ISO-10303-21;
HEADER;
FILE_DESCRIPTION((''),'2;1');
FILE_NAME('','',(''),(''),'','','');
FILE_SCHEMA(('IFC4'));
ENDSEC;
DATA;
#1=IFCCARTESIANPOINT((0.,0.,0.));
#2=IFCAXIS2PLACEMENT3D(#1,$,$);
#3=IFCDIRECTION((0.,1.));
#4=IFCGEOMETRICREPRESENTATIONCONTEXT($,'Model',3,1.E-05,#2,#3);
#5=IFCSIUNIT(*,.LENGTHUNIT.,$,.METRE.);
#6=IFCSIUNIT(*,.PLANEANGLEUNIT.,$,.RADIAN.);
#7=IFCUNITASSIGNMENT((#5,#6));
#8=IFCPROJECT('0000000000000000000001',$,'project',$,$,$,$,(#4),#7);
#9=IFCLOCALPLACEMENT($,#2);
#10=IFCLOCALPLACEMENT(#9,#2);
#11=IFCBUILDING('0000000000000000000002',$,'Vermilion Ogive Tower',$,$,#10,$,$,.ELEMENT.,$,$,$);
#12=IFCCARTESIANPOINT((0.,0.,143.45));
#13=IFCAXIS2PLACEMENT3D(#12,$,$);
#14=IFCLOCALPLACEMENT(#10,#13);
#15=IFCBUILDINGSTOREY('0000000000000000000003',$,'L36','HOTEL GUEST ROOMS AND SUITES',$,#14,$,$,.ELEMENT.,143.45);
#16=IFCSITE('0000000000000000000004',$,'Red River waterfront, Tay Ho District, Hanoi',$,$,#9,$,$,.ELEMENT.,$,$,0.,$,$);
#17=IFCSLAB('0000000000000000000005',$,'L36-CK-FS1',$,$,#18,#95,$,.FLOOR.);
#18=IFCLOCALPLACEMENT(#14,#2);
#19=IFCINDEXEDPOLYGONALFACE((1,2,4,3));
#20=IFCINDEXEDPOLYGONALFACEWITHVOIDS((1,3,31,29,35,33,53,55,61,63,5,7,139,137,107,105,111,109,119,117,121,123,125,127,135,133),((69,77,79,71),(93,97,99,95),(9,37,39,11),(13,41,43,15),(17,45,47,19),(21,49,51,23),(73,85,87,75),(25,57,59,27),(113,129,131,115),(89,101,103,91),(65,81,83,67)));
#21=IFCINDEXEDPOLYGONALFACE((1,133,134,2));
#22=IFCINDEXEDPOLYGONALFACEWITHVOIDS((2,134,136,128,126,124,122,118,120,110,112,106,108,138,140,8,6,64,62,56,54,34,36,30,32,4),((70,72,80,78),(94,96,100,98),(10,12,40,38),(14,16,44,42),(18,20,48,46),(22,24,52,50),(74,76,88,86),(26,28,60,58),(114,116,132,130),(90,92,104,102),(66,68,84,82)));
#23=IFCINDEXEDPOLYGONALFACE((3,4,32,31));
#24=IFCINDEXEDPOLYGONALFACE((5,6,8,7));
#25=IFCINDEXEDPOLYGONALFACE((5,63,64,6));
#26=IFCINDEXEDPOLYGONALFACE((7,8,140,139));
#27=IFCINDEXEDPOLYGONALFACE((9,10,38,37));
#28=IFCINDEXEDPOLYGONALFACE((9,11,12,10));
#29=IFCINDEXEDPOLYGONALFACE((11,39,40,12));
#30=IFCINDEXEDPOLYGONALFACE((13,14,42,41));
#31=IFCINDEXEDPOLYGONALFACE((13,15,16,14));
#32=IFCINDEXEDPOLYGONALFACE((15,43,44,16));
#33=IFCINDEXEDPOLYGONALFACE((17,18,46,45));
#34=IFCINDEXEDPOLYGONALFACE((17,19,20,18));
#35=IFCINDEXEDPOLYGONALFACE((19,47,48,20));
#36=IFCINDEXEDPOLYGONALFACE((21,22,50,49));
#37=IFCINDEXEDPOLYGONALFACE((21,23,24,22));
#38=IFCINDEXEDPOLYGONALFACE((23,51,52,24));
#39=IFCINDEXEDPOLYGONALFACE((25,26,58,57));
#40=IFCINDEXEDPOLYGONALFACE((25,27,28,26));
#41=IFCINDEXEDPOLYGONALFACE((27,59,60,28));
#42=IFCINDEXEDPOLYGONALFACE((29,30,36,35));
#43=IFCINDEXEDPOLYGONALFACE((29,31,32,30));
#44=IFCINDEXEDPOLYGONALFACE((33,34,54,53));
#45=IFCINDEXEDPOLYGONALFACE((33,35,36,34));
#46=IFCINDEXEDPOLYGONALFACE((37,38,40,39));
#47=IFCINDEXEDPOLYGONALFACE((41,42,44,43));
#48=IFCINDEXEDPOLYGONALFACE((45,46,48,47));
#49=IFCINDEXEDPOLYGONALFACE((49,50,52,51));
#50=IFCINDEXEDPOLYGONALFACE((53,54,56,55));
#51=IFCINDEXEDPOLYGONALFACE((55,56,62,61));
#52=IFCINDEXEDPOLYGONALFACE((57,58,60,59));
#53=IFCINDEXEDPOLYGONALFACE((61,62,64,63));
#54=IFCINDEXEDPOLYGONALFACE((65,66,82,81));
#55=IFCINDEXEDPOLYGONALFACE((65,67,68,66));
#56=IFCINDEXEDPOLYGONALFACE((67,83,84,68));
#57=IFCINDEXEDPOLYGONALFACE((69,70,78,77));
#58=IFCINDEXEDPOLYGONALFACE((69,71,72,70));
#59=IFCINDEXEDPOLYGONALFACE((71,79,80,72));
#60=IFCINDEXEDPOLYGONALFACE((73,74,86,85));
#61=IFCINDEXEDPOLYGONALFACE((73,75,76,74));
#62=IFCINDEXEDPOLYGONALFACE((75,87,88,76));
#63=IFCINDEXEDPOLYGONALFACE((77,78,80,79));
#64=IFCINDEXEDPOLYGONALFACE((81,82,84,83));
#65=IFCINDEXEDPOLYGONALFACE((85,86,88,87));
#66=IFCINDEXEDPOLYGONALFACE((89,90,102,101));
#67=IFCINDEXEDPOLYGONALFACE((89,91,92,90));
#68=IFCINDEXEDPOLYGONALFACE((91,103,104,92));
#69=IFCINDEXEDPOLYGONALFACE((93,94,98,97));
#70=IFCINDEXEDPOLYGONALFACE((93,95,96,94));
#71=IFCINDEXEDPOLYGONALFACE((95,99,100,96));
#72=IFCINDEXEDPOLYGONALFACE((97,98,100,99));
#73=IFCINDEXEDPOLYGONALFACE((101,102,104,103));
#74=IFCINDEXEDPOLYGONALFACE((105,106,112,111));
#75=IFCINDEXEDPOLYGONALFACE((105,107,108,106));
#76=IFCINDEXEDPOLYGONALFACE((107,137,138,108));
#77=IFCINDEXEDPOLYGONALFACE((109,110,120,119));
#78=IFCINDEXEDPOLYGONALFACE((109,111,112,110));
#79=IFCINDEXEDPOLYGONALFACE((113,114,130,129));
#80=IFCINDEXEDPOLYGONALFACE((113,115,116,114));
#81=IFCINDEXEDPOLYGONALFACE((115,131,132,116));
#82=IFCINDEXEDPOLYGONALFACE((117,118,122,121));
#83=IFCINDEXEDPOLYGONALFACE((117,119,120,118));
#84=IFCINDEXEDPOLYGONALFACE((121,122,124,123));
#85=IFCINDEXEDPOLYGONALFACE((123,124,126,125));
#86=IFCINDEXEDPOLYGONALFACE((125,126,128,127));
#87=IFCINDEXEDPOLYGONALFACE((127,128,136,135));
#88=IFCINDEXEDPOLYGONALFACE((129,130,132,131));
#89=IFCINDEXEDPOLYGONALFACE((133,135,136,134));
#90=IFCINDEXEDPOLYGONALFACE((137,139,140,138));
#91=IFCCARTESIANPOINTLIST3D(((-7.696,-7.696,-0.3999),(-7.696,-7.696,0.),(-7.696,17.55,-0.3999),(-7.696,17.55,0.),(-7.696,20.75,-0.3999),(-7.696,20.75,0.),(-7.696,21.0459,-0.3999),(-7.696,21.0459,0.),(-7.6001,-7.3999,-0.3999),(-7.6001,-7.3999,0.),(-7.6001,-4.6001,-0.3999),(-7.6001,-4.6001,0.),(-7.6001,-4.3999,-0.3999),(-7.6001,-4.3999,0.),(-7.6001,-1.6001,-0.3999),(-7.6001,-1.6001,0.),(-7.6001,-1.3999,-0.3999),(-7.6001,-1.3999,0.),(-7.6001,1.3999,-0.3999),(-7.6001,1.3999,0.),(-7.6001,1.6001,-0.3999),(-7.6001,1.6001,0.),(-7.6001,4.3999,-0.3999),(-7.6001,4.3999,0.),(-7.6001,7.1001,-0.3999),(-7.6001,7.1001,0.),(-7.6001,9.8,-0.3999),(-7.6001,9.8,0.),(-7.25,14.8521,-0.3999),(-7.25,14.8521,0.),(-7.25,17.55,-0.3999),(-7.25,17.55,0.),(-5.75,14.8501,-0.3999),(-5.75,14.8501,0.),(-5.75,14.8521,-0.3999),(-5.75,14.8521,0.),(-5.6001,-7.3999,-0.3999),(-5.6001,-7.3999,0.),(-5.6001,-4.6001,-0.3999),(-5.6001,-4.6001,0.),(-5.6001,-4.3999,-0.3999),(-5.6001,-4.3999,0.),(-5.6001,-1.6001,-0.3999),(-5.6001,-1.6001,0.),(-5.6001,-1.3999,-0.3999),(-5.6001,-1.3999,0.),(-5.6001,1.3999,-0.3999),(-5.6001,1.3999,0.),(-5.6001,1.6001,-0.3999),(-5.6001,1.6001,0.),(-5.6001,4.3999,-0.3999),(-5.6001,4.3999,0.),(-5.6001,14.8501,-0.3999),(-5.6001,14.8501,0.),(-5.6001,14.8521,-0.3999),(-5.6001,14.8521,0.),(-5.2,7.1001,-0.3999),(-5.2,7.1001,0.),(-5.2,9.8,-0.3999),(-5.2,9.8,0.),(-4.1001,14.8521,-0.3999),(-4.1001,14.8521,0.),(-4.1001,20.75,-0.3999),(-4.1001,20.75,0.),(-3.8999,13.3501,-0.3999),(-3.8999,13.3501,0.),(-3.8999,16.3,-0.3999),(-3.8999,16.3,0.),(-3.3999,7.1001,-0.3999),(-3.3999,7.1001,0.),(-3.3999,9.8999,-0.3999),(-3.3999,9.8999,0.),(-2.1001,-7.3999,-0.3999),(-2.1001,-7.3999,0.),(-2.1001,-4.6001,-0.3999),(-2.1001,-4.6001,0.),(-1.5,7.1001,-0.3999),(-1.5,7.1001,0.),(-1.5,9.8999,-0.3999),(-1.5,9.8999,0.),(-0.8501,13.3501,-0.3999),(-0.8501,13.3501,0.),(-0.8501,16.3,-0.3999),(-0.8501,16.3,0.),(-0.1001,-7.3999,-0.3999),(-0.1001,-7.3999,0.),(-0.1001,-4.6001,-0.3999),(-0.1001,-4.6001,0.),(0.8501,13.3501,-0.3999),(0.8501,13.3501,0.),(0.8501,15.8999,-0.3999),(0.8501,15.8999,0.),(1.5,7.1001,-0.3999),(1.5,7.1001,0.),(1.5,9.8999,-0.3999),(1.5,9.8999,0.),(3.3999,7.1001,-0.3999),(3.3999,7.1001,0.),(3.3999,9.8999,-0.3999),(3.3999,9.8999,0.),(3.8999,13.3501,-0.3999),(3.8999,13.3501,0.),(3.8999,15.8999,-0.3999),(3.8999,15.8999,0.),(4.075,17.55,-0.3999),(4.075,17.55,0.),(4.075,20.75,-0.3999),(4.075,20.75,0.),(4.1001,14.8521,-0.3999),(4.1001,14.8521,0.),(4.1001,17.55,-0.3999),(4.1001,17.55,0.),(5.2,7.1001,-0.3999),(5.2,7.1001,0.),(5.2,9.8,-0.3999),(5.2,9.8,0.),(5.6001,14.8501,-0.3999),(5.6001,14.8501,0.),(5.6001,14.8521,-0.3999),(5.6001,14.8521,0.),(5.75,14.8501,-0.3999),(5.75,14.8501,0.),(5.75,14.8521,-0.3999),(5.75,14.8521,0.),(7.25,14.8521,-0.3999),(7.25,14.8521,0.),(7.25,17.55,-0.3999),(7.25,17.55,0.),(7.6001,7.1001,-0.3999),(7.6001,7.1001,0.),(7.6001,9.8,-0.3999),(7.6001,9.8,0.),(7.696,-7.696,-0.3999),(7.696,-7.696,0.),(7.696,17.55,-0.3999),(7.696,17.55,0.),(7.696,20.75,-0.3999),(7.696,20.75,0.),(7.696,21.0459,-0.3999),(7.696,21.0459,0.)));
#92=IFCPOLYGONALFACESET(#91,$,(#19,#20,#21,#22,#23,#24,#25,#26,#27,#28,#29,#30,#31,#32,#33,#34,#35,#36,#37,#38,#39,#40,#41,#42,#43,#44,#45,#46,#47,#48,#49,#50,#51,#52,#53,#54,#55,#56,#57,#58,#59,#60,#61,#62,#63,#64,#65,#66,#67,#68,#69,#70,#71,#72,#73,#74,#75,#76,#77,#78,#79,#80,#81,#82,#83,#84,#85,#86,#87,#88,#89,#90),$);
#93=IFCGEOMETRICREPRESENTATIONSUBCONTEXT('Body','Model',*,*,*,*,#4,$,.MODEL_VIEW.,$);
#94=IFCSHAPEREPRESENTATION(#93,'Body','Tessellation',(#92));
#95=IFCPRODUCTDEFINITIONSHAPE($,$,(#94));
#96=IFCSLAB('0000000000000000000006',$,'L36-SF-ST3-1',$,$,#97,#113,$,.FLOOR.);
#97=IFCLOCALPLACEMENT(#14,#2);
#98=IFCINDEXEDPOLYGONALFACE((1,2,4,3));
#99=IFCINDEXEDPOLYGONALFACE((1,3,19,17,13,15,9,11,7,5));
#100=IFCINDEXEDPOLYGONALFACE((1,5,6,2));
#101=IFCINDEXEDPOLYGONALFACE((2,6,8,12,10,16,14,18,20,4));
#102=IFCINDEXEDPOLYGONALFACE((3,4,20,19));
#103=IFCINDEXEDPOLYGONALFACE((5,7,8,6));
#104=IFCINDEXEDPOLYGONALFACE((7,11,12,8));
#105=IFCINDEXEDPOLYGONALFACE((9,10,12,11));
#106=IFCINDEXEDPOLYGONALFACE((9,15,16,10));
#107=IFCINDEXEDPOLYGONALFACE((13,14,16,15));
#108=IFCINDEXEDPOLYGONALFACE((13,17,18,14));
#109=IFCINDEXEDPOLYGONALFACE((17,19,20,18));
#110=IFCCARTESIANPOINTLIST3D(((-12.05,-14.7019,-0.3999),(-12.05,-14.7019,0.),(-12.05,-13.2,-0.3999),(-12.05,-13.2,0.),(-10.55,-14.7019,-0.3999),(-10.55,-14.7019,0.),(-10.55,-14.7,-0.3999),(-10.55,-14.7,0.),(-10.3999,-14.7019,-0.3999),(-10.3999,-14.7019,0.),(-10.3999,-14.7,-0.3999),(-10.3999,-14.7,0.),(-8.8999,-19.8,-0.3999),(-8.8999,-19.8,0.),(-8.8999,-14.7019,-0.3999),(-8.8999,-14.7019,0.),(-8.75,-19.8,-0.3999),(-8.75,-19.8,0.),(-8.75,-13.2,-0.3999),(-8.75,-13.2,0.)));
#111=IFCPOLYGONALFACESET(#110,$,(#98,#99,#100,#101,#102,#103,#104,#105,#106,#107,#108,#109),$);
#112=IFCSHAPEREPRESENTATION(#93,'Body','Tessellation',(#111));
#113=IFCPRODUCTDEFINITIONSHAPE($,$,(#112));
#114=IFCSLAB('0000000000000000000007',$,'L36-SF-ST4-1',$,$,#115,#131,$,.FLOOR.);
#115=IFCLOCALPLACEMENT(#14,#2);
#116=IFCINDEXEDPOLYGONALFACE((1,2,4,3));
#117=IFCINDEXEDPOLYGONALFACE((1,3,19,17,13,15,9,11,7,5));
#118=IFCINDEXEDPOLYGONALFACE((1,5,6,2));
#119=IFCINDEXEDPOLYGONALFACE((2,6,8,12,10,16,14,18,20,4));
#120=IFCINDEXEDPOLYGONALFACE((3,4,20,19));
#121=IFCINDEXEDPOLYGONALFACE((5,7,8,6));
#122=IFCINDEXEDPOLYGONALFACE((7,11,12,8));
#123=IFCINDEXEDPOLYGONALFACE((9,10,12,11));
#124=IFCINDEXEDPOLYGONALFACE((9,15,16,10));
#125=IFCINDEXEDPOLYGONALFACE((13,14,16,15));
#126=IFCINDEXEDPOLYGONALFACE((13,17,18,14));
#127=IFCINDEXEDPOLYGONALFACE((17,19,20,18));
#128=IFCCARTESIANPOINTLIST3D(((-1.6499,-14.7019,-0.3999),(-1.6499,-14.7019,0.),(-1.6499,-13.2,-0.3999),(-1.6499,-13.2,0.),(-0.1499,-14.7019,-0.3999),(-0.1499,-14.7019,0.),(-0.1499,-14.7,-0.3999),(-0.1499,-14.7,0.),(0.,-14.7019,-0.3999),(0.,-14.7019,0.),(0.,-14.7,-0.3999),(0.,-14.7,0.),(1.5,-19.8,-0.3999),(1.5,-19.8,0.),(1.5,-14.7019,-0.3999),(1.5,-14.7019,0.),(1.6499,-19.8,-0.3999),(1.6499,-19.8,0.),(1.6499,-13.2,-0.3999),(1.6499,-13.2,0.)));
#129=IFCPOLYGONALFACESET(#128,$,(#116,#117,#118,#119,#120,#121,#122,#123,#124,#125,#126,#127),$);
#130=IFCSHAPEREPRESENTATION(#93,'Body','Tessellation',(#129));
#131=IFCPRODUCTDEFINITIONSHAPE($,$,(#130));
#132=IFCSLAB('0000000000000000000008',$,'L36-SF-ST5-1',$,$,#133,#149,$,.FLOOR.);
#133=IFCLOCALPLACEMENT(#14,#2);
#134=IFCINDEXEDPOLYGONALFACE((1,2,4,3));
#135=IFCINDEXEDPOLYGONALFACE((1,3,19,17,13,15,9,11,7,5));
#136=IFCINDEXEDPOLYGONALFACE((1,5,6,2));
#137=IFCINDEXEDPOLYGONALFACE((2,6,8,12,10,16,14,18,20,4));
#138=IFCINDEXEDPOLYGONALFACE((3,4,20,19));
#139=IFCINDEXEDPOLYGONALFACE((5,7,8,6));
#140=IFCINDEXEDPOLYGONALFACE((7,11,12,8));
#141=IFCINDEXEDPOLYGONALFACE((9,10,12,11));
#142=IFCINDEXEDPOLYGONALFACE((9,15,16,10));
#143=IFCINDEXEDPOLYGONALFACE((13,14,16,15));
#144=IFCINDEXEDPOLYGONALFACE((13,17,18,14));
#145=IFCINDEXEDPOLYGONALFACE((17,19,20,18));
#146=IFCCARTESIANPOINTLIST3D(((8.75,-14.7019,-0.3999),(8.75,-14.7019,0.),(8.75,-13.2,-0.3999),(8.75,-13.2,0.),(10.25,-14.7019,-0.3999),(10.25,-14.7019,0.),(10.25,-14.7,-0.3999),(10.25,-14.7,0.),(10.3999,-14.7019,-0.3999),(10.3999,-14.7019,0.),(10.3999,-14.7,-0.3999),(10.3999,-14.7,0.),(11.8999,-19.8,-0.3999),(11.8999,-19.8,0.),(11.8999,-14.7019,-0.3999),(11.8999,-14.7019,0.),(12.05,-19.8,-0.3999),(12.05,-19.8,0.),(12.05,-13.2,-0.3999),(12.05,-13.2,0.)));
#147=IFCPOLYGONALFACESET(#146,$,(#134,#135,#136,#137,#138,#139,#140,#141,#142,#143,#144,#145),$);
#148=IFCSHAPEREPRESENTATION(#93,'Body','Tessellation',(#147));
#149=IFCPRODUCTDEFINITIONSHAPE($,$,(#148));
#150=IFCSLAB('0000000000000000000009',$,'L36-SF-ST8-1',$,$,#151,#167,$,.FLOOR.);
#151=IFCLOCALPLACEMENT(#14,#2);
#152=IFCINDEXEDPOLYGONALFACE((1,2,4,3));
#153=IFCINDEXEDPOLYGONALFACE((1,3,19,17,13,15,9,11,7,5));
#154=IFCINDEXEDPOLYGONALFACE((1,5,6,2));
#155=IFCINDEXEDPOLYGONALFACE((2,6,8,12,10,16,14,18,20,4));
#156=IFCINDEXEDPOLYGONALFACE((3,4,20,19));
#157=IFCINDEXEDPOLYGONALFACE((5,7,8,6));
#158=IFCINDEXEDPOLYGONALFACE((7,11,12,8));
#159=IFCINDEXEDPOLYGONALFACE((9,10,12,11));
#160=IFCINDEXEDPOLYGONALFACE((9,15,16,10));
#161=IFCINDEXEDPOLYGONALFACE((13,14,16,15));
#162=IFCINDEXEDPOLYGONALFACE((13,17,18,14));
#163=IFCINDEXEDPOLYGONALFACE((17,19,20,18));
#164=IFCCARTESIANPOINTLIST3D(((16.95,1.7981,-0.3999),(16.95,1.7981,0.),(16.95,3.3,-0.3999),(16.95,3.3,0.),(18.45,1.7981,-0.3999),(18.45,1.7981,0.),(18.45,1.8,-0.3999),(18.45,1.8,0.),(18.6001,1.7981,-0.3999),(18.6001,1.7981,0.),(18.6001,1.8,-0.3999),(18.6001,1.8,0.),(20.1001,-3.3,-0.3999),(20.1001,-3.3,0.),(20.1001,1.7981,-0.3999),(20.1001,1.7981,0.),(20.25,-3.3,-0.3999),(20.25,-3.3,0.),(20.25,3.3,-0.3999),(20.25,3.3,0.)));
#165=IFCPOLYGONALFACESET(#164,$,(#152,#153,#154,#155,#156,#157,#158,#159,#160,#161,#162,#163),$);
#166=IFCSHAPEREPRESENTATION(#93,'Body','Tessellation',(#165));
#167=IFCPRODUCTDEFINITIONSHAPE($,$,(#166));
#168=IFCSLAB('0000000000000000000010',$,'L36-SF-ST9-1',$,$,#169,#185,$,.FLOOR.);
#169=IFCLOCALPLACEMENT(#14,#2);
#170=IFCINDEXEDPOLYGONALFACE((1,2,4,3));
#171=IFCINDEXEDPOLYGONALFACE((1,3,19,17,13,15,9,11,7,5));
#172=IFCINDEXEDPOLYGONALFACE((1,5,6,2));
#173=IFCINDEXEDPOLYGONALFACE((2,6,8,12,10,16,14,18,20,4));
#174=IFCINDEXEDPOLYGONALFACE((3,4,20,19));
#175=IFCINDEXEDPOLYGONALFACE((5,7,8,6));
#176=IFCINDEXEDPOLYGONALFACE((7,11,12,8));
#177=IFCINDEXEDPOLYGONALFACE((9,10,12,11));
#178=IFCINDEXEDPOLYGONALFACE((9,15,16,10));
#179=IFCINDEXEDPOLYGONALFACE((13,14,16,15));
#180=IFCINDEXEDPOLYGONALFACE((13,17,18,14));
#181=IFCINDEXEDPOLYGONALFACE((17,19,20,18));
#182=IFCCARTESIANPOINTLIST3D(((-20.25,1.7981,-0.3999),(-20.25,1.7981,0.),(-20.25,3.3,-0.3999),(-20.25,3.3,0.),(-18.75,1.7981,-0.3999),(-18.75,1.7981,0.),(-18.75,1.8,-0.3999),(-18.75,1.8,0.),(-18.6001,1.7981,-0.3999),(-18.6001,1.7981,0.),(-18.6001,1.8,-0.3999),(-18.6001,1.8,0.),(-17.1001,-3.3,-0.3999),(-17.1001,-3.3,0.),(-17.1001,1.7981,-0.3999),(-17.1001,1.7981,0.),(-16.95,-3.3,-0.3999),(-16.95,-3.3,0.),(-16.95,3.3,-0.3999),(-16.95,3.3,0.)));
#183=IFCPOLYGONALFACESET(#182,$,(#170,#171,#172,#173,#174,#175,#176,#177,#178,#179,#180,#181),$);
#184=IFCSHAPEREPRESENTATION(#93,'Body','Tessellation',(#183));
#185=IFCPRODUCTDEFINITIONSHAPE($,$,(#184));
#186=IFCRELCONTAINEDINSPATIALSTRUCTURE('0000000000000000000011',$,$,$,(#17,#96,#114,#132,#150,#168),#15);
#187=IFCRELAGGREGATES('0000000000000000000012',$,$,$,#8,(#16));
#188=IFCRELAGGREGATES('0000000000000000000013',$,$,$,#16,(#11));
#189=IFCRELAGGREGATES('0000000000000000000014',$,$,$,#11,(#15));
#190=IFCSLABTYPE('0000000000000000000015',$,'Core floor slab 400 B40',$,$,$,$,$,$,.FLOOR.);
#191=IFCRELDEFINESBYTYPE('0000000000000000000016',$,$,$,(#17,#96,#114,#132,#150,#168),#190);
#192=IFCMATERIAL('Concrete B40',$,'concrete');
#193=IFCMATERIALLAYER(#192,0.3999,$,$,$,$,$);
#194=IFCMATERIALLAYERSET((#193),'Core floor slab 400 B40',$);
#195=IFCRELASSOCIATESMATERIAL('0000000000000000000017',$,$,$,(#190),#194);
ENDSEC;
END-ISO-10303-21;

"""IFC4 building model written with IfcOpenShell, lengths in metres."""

from ifc_helpers import new_model, si_unit, direction, frame, origin, place, context, subcontext, project, spatial, polyline, outline, extrude, material, layer, layer_set, type_object, element, save


model = new_model("IFC4")

# Units and contexts
model_context = context("Model", 3, precision=1e-05, world=origin(), true_north=direction((0.0, 1.0)))
body_context = subcontext(model_context, "Body", "Model", "MODEL_VIEW")
ifc_project = project(units=[si_unit("LENGTHUNIT", "METRE"), si_unit("PLANEANGLEUNIT", "RADIAN")], contexts=[model_context])

# Site, building, storey
site_placement = place(None, origin())
site = spatial("IfcSite", under=ifc_project, at=site_placement, Name="Red River waterfront, Tay Ho District, Hanoi", CompositionType="ELEMENT", RefElevation=0.0)
building_placement = place(site_placement, origin())
building = spatial("IfcBuilding", under=site, at=building_placement, Name="Vermilion Ogive Tower", CompositionType="ELEMENT")
storey_placement = place(building_placement, frame((0.0, 0.0, 143.45)))
storey = spatial("IfcBuildingStorey", under=building, at=storey_placement, Name="L36", Description="HOTEL GUEST ROOMS AND SUITES", CompositionType="ELEMENT", Elevation=143.45)

# Slabs
ifc_material_1 = material(Name="Concrete B40", Category="concrete")
ifc_layer_1 = layer(ifc_material_1, 0.3999)
ifc_layer_set_1 = layer_set([ifc_layer_1], Name="Core floor slab 400 B40")
slab_type_1 = type_object("IfcSlabType", Name="Core floor slab 400 B40", PredefinedType="FLOOR", material=ifc_layer_set_1)
slab_1_placement = place(storey_placement, frame((0.0, 0.0, -0.3999)))
element("IfcSlab", 1, at=slab_1_placement, inside=storey, type_object=slab_type_1, Name="L36-CK-FS1", PredefinedType="FLOOR", context=body_context, shape_type="SweptSolid", body=[
    extrude(outline(polyline([(5.75, 14.8501), (5.6001, 14.8501), (5.6001, 14.8521), (4.1001, 14.8521), (4.1001, 17.55), (4.075, 17.55), (4.075, 20.75), (7.696, 20.75), (7.696, 21.0459), (-7.696, 21.0459), (-7.696, 20.75), (-4.1001, 20.75), (-4.1001, 14.8521), (-5.6001, 14.8521), (-5.6001, 14.8501), (-5.75, 14.8501), (-5.75, 14.8521), (-7.25, 14.8521), (-7.25, 17.55), (-7.696, 17.55), (-7.696, -7.696), (7.696, -7.696), (7.696, 17.55), (7.25, 17.55), (7.25, 14.8521), (5.75, 14.8521), (5.75, 14.8501)]), holes=[polyline([(-7.6001, -7.3999), (-7.6001, -4.6001), (-5.6001, -4.6001), (-5.6001, -7.3999), (-7.6001, -7.3999)]), polyline([(-7.6001, -4.3999), (-7.6001, -1.6001), (-5.6001, -1.6001), (-5.6001, -4.3999), (-7.6001, -4.3999)]), polyline([(-7.6001, -1.3999), (-7.6001, 1.3999), (-5.6001, 1.3999), (-5.6001, -1.3999), (-7.6001, -1.3999)]), polyline([(-7.6001, 1.6001), (-7.6001, 4.3999), (-5.6001, 4.3999), (-5.6001, 1.6001), (-7.6001, 1.6001)]), polyline([(-7.6001, 7.1001), (-7.6001, 9.8), (-5.2, 9.8), (-5.2, 7.1001), (-7.6001, 7.1001)]), polyline([(-3.3999, 9.8999), (-1.5, 9.8999), (-1.5, 7.1001), (-3.3999, 7.1001), (-3.3999, 9.8999)]), polyline([(-2.1001, -7.3999), (-2.1001, -4.6001), (-0.1001, -4.6001), (-0.1001, -7.3999), (-2.1001, -7.3999)]), polyline([(5.2, 7.1001), (5.2, 9.8), (7.6001, 9.8), (7.6001, 7.1001), (5.2, 7.1001)]), polyline([(1.5, 7.1001), (1.5, 9.8999), (3.3999, 9.8999), (3.3999, 7.1001), (1.5, 7.1001)]), polyline([(0.8501, 13.3501), (0.8501, 15.8999), (3.8999, 15.8999), (3.8999, 13.3501), (0.8501, 13.3501)]), polyline([(-3.8999, 16.3), (-0.8501, 16.3), (-0.8501, 13.3501), (-3.8999, 13.3501), (-3.8999, 16.3)])]), origin(), (0.0, 0.0, 1.0), 0.3999),
])
slab_2_placement = place(storey_placement, frame((0.0, 0.0, -0.3999)))
element("IfcSlab", 2, at=slab_2_placement, inside=storey, type_object=slab_type_1, Name="L36-SF-ST3-1", PredefinedType="FLOOR", context=body_context, shape_type="SweptSolid", body=[
    extrude(outline(polyline([(-12.05, -13.2), (-12.05, -14.7019), (-10.55, -14.7019), (-10.55, -14.7), (-10.3999, -14.7), (-10.3999, -14.7019), (-8.8999, -14.7019), (-8.8999, -19.8), (-8.75, -19.8), (-8.75, -13.2), (-12.05, -13.2)])), origin(), (0.0, 0.0, 1.0), 0.3999),
])
slab_3_placement = place(storey_placement, frame((0.0, 0.0, -0.3999)))
element("IfcSlab", 3, at=slab_3_placement, inside=storey, type_object=slab_type_1, Name="L36-SF-ST4-1", PredefinedType="FLOOR", context=body_context, shape_type="SweptSolid", body=[
    extrude(outline(polyline([(-1.6499, -13.2), (-1.6499, -14.7019), (-0.1499, -14.7019), (-0.1499, -14.7), (0.0, -14.7), (0.0, -14.7019), (1.5, -14.7019), (1.5, -19.8), (1.6499, -19.8), (1.6499, -13.2), (-1.6499, -13.2)])), origin(), (0.0, 0.0, 1.0), 0.3999),
])
slab_4_placement = place(storey_placement, frame((0.0, 0.0, -0.3999)))
element("IfcSlab", 4, at=slab_4_placement, inside=storey, type_object=slab_type_1, Name="L36-SF-ST5-1", PredefinedType="FLOOR", context=body_context, shape_type="SweptSolid", body=[
    extrude(outline(polyline([(8.75, -13.2), (8.75, -14.7019), (10.25, -14.7019), (10.25, -14.7), (10.3999, -14.7), (10.3999, -14.7019), (11.8999, -14.7019), (11.8999, -19.8), (12.05, -19.8), (12.05, -13.2), (8.75, -13.2)])), origin(), (0.0, 0.0, 1.0), 0.3999),
])
slab_5_placement = place(storey_placement, frame((0.0, 0.0, -0.3999)))
element("IfcSlab", 5, at=slab_5_placement, inside=storey, type_object=slab_type_1, Name="L36-SF-ST8-1", PredefinedType="FLOOR", context=body_context, shape_type="SweptSolid", body=[
    extrude(outline(polyline([(16.95, 3.3), (16.95, 1.7981), (18.45, 1.7981), (18.45, 1.8), (18.6001, 1.8), (18.6001, 1.7981), (20.1001, 1.7981), (20.1001, -3.3), (20.25, -3.3), (20.25, 3.3), (16.95, 3.3)])), origin(), (0.0, 0.0, 1.0), 0.3999),
])
slab_6_placement = place(storey_placement, frame((0.0, 0.0, -0.3999)))
element("IfcSlab", 6, at=slab_6_placement, inside=storey, type_object=slab_type_1, Name="L36-SF-ST9-1", PredefinedType="FLOOR", context=body_context, shape_type="SweptSolid", body=[
    extrude(outline(polyline([(-20.25, 3.3), (-20.25, 1.7981), (-18.75, 1.7981), (-18.75, 1.8), (-18.6001, 1.8), (-18.6001, 1.7981), (-17.1001, 1.7981), (-17.1001, -3.3), (-16.95, -3.3), (-16.95, 3.3), (-20.25, 3.3)])), origin(), (0.0, 0.0, 1.0), 0.3999),
])

save(model, "model.ifc")
